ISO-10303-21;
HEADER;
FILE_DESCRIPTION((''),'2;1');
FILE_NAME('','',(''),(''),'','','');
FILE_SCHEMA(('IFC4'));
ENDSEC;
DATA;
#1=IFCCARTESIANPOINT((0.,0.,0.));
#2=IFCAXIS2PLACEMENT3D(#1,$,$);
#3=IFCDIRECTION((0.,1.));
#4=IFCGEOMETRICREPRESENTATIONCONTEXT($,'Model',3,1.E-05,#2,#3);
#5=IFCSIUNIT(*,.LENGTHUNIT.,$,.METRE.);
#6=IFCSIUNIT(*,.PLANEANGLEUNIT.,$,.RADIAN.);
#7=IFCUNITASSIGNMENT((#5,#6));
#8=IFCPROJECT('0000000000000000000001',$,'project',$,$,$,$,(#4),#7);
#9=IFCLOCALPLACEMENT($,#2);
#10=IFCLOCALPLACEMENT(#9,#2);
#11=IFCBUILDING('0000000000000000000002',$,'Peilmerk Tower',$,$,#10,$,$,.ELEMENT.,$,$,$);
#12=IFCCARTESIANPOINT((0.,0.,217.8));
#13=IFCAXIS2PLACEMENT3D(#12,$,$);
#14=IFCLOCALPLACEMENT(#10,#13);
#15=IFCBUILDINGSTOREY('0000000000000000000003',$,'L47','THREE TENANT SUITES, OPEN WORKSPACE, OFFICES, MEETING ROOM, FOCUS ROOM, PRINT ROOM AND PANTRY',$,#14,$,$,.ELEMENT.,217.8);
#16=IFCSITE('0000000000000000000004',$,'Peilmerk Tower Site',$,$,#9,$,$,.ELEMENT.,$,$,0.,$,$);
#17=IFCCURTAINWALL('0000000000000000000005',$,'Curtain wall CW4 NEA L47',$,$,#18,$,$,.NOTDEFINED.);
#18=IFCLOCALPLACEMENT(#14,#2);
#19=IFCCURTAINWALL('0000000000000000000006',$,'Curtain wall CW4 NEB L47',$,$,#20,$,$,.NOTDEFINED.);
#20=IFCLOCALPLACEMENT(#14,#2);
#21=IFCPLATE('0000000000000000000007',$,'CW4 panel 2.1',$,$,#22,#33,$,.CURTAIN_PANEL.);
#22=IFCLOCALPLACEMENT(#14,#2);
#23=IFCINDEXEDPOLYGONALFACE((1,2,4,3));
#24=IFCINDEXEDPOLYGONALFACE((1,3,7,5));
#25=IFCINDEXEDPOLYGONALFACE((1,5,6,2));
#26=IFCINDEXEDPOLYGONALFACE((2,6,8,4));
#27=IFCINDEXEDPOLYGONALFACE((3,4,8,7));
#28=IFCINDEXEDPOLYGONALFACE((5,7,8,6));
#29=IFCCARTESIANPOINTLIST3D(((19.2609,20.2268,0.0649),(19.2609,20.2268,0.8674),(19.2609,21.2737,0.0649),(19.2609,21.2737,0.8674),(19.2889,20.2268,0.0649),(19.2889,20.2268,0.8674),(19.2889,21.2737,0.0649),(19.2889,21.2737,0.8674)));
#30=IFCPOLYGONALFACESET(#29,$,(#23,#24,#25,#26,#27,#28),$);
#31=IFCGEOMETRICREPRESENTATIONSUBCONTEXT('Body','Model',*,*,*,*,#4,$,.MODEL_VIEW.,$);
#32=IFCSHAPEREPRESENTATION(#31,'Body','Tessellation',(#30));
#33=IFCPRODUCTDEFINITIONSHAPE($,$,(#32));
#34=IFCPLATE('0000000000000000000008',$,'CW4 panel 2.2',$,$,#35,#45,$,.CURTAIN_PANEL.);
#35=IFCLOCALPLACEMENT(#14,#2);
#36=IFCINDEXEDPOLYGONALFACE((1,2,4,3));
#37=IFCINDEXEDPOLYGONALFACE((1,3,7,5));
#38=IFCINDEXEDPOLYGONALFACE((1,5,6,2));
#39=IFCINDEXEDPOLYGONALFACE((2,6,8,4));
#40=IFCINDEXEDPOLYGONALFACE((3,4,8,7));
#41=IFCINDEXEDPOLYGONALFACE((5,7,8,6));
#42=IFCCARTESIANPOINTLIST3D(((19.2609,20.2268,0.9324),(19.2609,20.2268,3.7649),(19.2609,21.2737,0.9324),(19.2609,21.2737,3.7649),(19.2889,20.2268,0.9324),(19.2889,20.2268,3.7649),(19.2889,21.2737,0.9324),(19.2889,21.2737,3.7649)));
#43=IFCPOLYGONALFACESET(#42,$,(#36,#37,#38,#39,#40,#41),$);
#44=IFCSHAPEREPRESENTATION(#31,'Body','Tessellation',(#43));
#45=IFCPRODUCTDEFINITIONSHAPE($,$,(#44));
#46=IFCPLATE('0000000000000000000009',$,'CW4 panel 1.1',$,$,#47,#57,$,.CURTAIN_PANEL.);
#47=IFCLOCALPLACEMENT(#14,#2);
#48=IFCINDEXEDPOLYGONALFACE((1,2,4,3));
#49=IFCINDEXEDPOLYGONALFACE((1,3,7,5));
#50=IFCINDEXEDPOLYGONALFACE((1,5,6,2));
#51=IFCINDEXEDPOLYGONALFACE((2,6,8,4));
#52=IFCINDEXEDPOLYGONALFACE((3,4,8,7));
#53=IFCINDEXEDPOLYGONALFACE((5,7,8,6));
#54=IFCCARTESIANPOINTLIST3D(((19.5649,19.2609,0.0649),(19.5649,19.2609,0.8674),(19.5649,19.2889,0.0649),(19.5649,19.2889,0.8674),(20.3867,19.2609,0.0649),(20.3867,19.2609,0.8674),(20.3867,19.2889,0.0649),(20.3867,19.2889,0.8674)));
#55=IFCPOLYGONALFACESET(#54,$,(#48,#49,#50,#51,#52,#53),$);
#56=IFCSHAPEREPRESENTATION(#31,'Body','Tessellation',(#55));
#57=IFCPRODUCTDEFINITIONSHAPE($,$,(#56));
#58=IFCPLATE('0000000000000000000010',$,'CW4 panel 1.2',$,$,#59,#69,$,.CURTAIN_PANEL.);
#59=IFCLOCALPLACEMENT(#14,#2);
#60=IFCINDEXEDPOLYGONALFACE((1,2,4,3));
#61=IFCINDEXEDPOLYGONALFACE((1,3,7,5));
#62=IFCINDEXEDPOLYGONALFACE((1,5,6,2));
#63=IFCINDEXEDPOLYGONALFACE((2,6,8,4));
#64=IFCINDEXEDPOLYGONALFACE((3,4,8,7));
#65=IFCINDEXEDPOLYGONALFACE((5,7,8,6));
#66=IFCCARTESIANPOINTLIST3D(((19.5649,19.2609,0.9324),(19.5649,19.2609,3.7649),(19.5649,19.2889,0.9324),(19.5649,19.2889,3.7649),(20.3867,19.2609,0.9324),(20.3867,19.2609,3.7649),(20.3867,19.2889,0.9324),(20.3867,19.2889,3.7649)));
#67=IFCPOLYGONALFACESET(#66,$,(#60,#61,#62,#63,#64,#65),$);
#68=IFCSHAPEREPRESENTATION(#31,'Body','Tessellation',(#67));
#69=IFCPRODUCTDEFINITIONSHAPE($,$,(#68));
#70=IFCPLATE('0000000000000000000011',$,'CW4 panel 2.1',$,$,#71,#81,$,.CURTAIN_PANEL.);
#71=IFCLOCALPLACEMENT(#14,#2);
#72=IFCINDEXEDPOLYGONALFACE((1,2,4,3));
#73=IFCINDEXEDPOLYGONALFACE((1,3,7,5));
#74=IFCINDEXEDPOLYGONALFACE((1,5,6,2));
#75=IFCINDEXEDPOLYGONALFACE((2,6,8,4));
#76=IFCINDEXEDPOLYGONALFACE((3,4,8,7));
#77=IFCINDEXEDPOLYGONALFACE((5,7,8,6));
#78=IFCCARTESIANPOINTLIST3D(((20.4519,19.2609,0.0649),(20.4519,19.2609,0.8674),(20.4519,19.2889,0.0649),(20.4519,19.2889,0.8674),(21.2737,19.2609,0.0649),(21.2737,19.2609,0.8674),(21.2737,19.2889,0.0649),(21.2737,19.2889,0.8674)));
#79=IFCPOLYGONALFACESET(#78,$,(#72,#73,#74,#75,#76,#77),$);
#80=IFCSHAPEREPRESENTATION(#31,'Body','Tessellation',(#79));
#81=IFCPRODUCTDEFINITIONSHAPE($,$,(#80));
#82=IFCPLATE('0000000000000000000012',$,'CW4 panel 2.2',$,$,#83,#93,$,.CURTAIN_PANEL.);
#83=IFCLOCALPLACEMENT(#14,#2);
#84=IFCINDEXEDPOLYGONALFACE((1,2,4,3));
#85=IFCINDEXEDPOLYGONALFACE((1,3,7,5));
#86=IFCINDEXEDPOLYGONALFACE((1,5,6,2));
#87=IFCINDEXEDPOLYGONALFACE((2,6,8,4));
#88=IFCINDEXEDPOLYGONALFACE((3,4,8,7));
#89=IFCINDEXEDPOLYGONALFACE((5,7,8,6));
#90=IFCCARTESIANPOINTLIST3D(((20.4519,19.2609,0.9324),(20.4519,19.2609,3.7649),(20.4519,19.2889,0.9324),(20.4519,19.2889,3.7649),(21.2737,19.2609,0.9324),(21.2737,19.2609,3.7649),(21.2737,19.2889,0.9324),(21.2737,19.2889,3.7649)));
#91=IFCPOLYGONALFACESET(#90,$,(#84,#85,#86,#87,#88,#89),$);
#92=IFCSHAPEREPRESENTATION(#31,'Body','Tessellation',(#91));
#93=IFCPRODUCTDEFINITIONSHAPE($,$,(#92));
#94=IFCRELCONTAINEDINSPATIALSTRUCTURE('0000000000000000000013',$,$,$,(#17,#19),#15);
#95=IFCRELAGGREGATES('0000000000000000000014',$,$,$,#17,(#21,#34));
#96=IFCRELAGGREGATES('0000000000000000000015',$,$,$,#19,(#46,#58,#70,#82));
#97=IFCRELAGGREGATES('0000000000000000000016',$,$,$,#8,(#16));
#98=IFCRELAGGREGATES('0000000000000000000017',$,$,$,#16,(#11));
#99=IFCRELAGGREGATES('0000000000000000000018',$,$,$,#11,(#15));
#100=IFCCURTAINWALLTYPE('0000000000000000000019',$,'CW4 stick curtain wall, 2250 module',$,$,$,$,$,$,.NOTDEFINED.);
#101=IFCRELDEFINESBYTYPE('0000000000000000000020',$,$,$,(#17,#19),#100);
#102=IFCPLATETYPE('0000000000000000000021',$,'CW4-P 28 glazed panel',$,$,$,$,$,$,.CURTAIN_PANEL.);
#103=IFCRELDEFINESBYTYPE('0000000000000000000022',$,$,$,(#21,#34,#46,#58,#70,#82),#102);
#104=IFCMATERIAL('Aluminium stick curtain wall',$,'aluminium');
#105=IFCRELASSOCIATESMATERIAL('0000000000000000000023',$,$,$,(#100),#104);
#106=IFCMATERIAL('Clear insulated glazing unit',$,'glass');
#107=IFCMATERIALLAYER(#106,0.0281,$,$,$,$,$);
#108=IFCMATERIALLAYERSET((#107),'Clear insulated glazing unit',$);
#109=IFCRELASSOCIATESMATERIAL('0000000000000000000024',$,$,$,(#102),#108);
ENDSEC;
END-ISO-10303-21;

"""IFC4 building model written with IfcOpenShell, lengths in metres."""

from ifc_helpers import new_model, si_unit, direction, frame, origin, origin_2d, place, context, subcontext, project, spatial, rectangle, extrude, material, layer, layer_set, type_object, element, aggregate, save


model = new_model("IFC4")

# Units and contexts
model_context = context("Model", 3, precision=1e-05, world=origin(), true_north=direction((0.0, 1.0)))
body_context = subcontext(model_context, "Body", "Model", "MODEL_VIEW")
ifc_project = project(units=[si_unit("LENGTHUNIT", "METRE"), si_unit("PLANEANGLEUNIT", "RADIAN")], contexts=[model_context])

# Site, building, storey
site_placement = place(None, origin())
site = spatial("IfcSite", under=ifc_project, at=site_placement, Name="Peilmerk Tower Site", CompositionType="ELEMENT", RefElevation=0.0)
building_placement = place(site_placement, origin())
building = spatial("IfcBuilding", under=site, at=building_placement, Name="Peilmerk Tower", CompositionType="ELEMENT")
storey_placement = place(building_placement, frame((0.0, 0.0, 217.8)))
storey = spatial("IfcBuildingStorey", under=building, at=storey_placement, Name="L47", Description="THREE TENANT SUITES, OPEN WORKSPACE, OFFICES, MEETING ROOM, FOCUS ROOM, PRINT ROOM AND PANTRY", CompositionType="ELEMENT", Elevation=217.8)

# Curtain wall
ifc_material_1 = material(Name="Aluminium stick curtain wall", Category="aluminium")
curtain_wall_type = type_object("IfcCurtainWallType", Name="CW4 stick curtain wall, 2250 module", PredefinedType="NOTDEFINED", material=ifc_material_1)
curtain_wall_1_placement = place(storey_placement, origin())
curtain_wall_1 = element("IfcCurtainWall", 1, at=curtain_wall_1_placement, inside=storey, type_object=curtain_wall_type, Name="Curtain wall CW4 NEA L47", PredefinedType="NOTDEFINED")

# Curtain wall
curtain_wall_2_placement = place(storey_placement, origin())
curtain_wall_2 = element("IfcCurtainWall", 2, at=curtain_wall_2_placement, inside=storey, type_object=curtain_wall_type, Name="Curtain wall CW4 NEB L47", PredefinedType="NOTDEFINED")

# Plates
ifc_material_2 = material(Name="Clear insulated glazing unit", Category="glass")
ifc_layer_1 = layer(ifc_material_2, 0.0281)
ifc_layer_set_1 = layer_set([ifc_layer_1], Name="Clear insulated glazing unit")
plate_type = type_object("IfcPlateType", Name="CW4-P 28 glazed panel", PredefinedType="CURTAIN_PANEL", material=ifc_layer_set_1)
plate_1_placement = place(storey_placement, frame((19.2749, 20.7502, 0.0649), z_axis=(0.0, 0.0, 1.0), x_axis=(0.0, 1.0, 0.0)))
plate_1 = element("IfcPlate", 3, at=plate_1_placement, type_object=plate_type, Name="CW4 panel 2.1", PredefinedType="CURTAIN_PANEL", context=body_context, shape_type="SweptSolid", body=[
    extrude(rectangle(XDim=1.0469, YDim=0.0281, at=origin_2d()), origin(), (0.0, 0.0, 1.0), 0.8025),
])
plate_2_placement = place(storey_placement, frame((19.2749, 20.7502, 0.9324), z_axis=(0.0, 0.0, 1.0), x_axis=(0.0, 1.0, 0.0)))
plate_2 = element("IfcPlate", 4, at=plate_2_placement, type_object=plate_type, Name="CW4 panel 2.2", PredefinedType="CURTAIN_PANEL", context=body_context, shape_type="SweptSolid", body=[
    extrude(rectangle(XDim=1.0469, YDim=0.0281, at=origin_2d()), origin(), (0.0, 0.0, 1.0), 2.8325),
])
aggregate(curtain_wall_1, [plate_1, plate_2])
plate_3_placement = place(storey_placement, frame((19.9758, 19.2749, 0.0649), z_axis=(0.0, 0.0, 1.0), x_axis=(1.0, 0.0, 0.0)))
plate_3 = element("IfcPlate", 5, at=plate_3_placement, type_object=plate_type, Name="CW4 panel 1.1", PredefinedType="CURTAIN_PANEL", context=body_context, shape_type="SweptSolid", body=[
    extrude(rectangle(XDim=0.8218, YDim=0.0281, at=origin_2d()), origin(), (0.0, 0.0, 1.0), 0.8025),
])
plate_4_placement = place(storey_placement, frame((19.9758, 19.2749, 0.9324), z_axis=(0.0, 0.0, 1.0), x_axis=(1.0, 0.0, 0.0)))
plate_4 = element("IfcPlate", 6, at=plate_4_placement, type_object=plate_type, Name="CW4 panel 1.2", PredefinedType="CURTAIN_PANEL", context=body_context, shape_type="SweptSolid", body=[
    extrude(rectangle(XDim=0.8218, YDim=0.0281, at=origin_2d()), origin(), (0.0, 0.0, 1.0), 2.8325),
])
plate_5_placement = place(storey_placement, frame((20.8628, 19.2749, 0.0649), z_axis=(0.0, 0.0, 1.0), x_axis=(1.0, 0.0, 0.0)))
plate_5 = element("IfcPlate", 7, at=plate_5_placement, type_object=plate_type, Name="CW4 panel 2.1", PredefinedType="CURTAIN_PANEL", context=body_context, shape_type="SweptSolid", body=[
    extrude(rectangle(XDim=0.8218, YDim=0.0281, at=origin_2d()), origin(), (0.0, 0.0, 1.0), 0.8025),
])
plate_6_placement = place(storey_placement, frame((20.8628, 19.2749, 0.9324), z_axis=(0.0, 0.0, 1.0), x_axis=(1.0, 0.0, 0.0)))
plate_6 = element("IfcPlate", 8, at=plate_6_placement, type_object=plate_type, Name="CW4 panel 2.2", PredefinedType="CURTAIN_PANEL", context=body_context, shape_type="SweptSolid", body=[
    extrude(rectangle(XDim=0.8218, YDim=0.0281, at=origin_2d()), origin(), (0.0, 0.0, 1.0), 2.8325),
])
aggregate(curtain_wall_2, [plate_3, plate_4, plate_5, plate_6])

save(model, "model.ifc")
